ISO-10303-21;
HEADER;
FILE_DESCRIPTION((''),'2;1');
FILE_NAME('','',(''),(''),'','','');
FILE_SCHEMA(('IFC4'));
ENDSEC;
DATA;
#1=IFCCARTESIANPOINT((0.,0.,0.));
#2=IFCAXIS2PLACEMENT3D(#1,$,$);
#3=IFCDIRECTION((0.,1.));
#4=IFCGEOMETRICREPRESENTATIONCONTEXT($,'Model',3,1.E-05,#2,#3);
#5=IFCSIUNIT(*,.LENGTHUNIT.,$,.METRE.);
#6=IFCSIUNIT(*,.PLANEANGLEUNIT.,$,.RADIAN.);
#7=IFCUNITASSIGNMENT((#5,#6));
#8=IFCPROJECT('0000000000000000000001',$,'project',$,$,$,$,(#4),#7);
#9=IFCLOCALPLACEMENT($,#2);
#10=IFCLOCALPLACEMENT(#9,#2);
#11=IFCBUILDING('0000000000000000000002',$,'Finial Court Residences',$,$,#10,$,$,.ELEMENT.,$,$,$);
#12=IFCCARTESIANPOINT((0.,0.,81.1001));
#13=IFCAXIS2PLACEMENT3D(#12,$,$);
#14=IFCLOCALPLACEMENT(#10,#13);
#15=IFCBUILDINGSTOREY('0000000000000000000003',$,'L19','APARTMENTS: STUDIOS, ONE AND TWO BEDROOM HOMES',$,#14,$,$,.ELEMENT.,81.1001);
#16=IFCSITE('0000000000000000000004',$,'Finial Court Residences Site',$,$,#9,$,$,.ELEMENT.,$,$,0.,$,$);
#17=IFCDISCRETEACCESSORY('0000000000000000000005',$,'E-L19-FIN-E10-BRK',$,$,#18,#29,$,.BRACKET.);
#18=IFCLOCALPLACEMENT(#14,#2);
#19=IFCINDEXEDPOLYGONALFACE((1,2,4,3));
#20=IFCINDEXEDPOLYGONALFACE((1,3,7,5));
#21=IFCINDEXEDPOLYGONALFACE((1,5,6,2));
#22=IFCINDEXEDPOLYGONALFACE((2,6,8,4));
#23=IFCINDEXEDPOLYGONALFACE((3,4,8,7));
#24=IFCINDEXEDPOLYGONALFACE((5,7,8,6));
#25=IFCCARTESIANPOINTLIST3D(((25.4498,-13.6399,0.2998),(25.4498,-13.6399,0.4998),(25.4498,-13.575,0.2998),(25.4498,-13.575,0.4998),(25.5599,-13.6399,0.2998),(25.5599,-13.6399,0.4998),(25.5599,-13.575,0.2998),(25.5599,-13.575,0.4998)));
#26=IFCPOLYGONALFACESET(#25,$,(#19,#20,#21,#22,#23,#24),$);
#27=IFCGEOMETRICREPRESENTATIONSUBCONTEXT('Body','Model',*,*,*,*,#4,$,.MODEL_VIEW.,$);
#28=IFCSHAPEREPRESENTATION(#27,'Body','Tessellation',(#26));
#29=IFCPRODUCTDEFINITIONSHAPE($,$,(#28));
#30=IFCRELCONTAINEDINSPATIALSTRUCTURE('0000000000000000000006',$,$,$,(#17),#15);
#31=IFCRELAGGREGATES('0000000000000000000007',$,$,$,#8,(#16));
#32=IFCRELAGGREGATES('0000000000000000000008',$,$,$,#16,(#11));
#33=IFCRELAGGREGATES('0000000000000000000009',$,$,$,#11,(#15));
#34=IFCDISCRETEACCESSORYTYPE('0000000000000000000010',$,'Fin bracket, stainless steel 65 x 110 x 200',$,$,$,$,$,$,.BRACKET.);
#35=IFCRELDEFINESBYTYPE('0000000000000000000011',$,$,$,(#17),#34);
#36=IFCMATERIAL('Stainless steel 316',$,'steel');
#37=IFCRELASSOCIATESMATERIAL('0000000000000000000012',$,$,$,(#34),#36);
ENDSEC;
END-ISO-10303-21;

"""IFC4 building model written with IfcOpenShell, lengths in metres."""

from ifc_helpers import new_model, si_unit, direction, frame, origin, origin_2d, place, context, subcontext, project, spatial, rectangle, extrude, material, type_object, element, save


model = new_model("IFC4")

# Units and contexts
model_context = context("Model", 3, precision=1e-05, world=origin(), true_north=direction((0.0, 1.0)))
body_context = subcontext(model_context, "Body", "Model", "MODEL_VIEW")
ifc_project = project(units=[si_unit("LENGTHUNIT", "METRE"), si_unit("PLANEANGLEUNIT", "RADIAN")], contexts=[model_context])

# Site, building, storey
site_placement = place(None, origin())
site = spatial("IfcSite", under=ifc_project, at=site_placement, Name="Finial Court Residences Site", CompositionType="ELEMENT", RefElevation=0.0)
building_placement = place(site_placement, origin())
building = spatial("IfcBuilding", under=site, at=building_placement, Name="Finial Court Residences", CompositionType="ELEMENT")
storey_placement = place(building_placement, frame((0.0, 0.0, 81.1001)))
storey = spatial("IfcBuildingStorey", under=building, at=storey_placement, Name="L19", Description="APARTMENTS: STUDIOS, ONE AND TWO BEDROOM HOMES", CompositionType="ELEMENT", Elevation=81.1001)

# Discrete accessory
ifc_material_1 = material(Name="Stainless steel 316", Category="steel")
discrete_accessory_type = type_object("IfcDiscreteAccessoryType", Name="Fin bracket, stainless steel 65 x 110 x 200", PredefinedType="BRACKET", material=ifc_material_1)
discrete_accessory_placement = place(storey_placement, frame((25.5049, -13.6074, 0.2998), z_axis=(0.0, 0.0, 1.0), x_axis=(1.0, 0.0, 0.0)))
element("IfcDiscreteAccessory", 1, at=discrete_accessory_placement, inside=storey, type_object=discrete_accessory_type, Name="E-L19-FIN-E10-BRK", PredefinedType="BRACKET", context=body_context, shape_type="SweptSolid", body=[
    extrude(rectangle(XDim=0.1101, YDim=0.0649, at=origin_2d()), origin(), (0.0, 0.0, 1.0), 0.2),
])

save(model, "model.ifc")
